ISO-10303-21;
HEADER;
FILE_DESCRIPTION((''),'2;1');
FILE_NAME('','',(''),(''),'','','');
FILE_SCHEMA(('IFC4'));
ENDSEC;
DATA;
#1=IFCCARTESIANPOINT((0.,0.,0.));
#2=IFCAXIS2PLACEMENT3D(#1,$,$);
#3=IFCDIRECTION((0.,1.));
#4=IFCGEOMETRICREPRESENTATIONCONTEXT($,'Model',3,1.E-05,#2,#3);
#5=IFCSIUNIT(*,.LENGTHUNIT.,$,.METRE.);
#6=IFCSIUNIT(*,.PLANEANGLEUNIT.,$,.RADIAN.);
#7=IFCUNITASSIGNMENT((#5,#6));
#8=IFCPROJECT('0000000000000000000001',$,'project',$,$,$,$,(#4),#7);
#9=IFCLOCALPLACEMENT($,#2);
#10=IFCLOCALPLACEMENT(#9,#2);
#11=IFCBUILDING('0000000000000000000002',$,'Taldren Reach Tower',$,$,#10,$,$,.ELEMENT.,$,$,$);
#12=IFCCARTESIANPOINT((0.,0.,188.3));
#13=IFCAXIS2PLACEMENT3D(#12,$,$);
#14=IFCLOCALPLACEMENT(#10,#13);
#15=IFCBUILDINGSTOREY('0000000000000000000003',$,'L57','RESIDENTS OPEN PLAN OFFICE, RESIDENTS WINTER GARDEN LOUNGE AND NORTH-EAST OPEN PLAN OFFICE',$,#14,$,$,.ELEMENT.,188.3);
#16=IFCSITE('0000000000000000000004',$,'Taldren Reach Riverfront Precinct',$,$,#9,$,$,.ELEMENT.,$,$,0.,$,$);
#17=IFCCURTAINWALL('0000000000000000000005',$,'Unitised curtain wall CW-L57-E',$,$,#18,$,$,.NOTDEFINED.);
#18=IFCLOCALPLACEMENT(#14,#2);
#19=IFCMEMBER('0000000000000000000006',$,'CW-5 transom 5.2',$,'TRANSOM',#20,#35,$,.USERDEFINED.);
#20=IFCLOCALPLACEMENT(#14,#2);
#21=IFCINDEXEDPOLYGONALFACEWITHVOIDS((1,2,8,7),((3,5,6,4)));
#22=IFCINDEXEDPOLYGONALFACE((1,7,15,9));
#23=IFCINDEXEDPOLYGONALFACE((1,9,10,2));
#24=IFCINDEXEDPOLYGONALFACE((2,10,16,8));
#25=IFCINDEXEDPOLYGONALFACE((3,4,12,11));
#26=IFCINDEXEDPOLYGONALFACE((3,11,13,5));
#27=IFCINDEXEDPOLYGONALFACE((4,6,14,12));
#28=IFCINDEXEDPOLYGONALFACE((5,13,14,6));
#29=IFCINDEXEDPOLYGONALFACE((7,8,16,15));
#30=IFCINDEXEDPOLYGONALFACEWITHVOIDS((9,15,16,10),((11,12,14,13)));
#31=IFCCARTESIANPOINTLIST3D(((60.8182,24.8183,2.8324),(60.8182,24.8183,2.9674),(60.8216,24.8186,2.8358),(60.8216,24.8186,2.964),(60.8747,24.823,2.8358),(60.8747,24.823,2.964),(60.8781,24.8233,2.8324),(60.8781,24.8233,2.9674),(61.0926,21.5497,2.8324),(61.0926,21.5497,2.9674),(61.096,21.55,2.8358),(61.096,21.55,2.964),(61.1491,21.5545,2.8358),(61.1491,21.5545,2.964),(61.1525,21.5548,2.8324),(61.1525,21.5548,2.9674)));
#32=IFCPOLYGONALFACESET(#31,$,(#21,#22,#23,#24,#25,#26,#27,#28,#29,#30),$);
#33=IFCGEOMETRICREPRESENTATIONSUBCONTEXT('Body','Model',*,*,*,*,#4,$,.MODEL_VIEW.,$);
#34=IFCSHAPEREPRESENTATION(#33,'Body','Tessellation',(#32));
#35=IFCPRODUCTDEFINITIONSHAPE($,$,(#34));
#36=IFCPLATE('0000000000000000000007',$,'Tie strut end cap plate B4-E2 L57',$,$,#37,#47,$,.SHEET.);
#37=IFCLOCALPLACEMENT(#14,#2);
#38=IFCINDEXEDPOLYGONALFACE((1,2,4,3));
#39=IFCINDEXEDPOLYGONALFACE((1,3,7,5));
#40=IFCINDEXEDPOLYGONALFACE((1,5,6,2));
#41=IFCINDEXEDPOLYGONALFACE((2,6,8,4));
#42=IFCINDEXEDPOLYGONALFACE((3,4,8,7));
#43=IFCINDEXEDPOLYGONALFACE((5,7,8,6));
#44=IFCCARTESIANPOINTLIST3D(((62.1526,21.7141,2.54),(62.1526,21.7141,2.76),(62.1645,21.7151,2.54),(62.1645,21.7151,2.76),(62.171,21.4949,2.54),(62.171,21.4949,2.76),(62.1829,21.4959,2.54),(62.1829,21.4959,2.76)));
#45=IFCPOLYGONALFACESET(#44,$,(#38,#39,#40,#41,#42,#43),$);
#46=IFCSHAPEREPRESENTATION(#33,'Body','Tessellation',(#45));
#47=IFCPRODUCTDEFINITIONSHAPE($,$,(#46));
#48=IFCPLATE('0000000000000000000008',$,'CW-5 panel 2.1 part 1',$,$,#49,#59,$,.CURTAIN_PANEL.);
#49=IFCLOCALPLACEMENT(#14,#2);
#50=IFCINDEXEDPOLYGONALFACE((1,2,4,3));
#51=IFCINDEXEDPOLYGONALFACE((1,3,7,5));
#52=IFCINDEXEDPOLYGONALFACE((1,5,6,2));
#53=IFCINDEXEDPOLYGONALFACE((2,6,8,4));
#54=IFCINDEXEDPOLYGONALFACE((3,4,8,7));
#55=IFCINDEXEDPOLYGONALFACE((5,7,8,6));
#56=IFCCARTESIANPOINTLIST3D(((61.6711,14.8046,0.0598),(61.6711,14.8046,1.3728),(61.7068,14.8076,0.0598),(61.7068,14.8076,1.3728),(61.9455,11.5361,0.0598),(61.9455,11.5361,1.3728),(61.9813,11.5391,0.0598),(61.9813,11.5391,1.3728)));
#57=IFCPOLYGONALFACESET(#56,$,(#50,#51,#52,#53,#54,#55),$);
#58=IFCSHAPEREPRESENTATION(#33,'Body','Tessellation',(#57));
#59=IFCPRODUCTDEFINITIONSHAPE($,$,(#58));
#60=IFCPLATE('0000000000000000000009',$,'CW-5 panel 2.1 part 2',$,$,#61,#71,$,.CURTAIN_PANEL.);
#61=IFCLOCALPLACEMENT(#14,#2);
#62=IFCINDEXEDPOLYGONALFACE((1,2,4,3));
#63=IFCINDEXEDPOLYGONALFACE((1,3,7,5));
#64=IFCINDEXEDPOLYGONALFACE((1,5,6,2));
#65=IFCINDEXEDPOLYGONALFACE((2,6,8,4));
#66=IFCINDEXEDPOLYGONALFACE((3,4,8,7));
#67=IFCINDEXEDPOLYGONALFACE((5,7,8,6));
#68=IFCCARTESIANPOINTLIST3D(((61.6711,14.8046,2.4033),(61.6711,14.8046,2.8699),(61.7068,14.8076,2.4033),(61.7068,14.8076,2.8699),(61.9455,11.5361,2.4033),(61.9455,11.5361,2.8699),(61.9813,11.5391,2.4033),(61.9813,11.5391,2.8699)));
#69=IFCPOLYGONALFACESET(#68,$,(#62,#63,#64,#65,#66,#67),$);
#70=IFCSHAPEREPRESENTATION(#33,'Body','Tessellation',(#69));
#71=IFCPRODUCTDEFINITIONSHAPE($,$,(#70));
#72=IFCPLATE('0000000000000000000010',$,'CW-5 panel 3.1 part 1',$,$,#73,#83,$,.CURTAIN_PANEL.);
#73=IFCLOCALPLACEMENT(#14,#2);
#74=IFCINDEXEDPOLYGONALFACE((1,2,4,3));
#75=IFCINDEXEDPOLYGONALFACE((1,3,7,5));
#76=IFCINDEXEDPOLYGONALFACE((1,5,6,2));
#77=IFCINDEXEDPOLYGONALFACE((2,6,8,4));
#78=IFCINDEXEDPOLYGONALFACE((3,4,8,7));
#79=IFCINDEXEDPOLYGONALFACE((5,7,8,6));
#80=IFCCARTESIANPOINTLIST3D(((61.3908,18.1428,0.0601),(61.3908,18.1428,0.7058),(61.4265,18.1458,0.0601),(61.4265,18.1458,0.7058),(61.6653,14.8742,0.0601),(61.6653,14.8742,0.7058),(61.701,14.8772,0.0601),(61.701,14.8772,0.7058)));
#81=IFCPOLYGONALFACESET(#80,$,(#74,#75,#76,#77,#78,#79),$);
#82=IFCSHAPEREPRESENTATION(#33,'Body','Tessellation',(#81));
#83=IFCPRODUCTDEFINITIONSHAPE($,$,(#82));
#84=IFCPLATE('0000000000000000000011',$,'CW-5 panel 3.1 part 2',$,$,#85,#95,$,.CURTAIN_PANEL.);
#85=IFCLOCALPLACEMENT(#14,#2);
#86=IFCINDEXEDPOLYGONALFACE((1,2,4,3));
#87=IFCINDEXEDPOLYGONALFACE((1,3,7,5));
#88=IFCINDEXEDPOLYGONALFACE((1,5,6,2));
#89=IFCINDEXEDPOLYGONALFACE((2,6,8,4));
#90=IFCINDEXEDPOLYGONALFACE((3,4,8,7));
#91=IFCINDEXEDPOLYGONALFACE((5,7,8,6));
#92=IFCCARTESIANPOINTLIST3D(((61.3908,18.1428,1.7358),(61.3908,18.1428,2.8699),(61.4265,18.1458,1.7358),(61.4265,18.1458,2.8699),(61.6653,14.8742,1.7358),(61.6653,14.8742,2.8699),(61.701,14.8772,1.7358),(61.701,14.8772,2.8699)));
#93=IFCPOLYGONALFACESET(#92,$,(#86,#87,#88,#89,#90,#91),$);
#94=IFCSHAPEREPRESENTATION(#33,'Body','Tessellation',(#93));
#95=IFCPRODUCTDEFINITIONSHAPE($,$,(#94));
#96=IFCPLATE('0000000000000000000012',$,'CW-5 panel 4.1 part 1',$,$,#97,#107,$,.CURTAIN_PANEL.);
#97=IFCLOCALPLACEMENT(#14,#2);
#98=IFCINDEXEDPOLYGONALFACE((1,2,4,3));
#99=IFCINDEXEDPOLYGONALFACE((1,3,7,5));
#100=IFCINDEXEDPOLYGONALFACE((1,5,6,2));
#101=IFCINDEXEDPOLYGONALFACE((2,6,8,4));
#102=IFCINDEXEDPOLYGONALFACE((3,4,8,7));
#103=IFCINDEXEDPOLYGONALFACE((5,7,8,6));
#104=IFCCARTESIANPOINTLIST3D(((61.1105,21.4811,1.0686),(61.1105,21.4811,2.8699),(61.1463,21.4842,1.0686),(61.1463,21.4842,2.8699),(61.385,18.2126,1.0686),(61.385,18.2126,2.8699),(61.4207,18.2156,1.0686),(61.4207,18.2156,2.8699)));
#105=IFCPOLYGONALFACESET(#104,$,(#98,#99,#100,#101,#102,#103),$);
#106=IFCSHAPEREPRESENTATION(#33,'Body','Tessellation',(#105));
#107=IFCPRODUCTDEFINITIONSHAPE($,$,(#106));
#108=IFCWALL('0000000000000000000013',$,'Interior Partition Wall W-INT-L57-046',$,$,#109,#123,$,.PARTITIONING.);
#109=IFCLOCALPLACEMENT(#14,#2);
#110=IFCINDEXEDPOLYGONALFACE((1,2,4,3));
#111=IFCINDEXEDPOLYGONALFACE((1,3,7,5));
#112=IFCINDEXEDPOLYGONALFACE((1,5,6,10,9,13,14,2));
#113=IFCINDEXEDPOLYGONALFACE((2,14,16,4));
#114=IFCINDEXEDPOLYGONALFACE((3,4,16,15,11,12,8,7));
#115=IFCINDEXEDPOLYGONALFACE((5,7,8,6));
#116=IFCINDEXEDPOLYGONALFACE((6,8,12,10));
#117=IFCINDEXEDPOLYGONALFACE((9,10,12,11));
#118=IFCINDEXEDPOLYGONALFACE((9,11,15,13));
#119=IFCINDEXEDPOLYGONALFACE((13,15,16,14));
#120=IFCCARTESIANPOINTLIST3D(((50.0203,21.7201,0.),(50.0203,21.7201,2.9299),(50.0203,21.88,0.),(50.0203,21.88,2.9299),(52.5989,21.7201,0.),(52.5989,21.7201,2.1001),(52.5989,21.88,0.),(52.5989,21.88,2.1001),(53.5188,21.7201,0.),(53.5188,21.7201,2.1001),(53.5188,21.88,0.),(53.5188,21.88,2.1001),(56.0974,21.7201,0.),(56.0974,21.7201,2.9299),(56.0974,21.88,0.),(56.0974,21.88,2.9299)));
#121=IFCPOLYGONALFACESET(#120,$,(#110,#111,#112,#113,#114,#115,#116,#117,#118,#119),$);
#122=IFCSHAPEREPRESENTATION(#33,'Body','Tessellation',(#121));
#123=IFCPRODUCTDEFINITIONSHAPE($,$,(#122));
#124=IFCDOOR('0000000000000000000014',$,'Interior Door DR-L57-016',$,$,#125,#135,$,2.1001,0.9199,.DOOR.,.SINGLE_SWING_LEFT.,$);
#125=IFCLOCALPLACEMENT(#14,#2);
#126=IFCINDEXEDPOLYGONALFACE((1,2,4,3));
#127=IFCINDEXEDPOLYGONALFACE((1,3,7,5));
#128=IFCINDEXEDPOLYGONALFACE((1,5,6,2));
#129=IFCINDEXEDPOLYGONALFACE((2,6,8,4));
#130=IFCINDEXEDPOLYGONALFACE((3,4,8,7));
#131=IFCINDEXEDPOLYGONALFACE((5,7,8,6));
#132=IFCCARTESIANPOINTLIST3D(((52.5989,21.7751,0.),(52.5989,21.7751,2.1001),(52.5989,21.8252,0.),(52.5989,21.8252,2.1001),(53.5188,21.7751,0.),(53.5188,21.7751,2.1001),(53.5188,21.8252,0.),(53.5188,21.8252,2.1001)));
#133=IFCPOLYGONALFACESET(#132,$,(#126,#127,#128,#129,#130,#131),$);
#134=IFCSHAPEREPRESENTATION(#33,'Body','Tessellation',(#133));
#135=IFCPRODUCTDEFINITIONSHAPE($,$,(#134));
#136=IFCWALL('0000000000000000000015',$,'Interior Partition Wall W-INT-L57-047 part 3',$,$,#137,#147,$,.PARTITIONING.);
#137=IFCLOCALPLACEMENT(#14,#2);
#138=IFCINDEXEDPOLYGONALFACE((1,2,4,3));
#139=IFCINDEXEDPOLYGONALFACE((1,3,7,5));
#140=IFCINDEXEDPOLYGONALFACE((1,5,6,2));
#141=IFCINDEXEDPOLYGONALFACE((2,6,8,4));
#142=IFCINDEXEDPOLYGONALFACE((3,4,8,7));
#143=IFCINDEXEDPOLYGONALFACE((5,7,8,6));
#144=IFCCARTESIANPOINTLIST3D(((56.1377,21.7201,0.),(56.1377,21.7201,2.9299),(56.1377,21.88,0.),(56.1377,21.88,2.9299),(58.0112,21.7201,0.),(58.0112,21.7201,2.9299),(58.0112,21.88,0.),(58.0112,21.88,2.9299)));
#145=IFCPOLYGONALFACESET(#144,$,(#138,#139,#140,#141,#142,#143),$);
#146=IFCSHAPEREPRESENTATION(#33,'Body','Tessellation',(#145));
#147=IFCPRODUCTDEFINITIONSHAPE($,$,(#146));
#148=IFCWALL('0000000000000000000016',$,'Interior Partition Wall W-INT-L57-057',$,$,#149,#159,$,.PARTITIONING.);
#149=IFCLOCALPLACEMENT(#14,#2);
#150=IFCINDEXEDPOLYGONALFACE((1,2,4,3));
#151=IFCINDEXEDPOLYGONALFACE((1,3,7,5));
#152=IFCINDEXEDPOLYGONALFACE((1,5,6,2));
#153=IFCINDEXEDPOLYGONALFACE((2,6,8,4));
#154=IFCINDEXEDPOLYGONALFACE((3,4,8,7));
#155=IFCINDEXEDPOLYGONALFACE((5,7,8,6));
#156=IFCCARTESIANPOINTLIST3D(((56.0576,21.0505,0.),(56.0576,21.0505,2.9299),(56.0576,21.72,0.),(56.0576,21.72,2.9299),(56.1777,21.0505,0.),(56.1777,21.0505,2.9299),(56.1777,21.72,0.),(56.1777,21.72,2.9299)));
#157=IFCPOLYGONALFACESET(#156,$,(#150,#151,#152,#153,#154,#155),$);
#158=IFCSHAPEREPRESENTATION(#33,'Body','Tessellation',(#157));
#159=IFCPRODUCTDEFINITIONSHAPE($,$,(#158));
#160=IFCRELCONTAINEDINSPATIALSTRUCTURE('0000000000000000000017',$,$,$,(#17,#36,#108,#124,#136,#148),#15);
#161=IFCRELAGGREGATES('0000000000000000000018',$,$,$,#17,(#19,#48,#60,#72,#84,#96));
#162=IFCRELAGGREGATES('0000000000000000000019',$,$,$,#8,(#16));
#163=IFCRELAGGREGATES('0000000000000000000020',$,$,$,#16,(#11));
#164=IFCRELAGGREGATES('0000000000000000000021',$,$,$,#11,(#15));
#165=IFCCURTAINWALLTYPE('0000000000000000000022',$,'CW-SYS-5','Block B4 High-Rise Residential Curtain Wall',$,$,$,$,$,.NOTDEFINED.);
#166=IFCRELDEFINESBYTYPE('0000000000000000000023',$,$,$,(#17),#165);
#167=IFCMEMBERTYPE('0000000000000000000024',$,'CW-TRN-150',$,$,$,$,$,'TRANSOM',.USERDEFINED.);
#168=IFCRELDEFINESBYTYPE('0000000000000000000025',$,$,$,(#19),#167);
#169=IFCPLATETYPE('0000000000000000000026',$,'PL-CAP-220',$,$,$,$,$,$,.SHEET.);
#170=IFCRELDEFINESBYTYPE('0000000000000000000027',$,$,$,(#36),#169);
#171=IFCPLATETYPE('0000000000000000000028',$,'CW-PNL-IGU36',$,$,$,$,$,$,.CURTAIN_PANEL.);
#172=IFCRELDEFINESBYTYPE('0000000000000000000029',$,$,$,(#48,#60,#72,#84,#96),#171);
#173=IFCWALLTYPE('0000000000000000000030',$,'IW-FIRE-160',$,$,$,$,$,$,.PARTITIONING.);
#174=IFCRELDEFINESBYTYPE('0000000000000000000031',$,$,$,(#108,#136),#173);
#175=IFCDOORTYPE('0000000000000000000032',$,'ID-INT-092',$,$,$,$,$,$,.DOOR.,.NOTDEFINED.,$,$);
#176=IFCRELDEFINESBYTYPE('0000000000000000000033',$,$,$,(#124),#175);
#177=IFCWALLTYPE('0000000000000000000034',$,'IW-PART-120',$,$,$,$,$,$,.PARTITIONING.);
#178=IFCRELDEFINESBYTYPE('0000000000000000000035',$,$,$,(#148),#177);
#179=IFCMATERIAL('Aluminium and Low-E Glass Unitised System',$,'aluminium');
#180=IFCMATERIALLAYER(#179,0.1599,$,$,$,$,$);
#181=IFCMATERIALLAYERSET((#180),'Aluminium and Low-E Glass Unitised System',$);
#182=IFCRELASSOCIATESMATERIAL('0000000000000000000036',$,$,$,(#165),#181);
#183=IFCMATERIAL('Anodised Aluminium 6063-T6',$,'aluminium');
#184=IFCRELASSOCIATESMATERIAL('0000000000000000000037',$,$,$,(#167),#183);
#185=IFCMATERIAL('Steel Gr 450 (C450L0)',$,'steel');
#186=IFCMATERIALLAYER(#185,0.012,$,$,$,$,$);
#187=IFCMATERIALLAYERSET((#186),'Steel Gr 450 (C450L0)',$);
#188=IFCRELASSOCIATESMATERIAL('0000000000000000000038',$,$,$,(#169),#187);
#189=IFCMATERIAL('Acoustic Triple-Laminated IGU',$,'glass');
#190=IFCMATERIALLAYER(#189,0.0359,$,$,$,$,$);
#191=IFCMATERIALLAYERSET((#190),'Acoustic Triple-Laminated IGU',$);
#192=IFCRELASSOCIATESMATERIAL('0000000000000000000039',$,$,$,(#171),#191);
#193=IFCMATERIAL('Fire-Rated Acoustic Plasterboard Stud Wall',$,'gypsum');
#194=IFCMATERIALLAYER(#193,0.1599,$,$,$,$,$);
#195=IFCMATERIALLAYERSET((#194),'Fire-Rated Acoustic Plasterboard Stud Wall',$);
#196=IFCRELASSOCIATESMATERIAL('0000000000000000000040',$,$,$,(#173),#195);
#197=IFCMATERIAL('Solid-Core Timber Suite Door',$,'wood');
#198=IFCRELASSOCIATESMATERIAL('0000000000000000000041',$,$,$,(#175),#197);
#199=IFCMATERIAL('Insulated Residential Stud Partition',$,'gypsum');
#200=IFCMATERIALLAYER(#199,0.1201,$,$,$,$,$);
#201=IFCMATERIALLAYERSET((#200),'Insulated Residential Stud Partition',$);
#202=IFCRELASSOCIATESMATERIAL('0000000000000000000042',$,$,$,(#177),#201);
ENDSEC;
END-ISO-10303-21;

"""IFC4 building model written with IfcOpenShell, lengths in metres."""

from ifc_helpers import new_model, si_unit, direction, frame, frame_2d, origin, origin_2d, place, context, subcontext, project, spatial, rectangle, hollow_rectangle, extrude, source, transform, mapped, material, layer, layer_set, material_profile, profile_set, type_object, element, fill, aggregate, save


model = new_model("IFC4")

# Units and contexts
model_context = context("Model", 3, precision=1e-05, world=origin(), true_north=direction((0.0, 1.0)))
body_context = subcontext(model_context, "Body", "Model", "MODEL_VIEW")
ifc_project = project(units=[si_unit("LENGTHUNIT", "METRE"), si_unit("PLANEANGLEUNIT", "RADIAN")], contexts=[model_context])

# Site, building, storey
site_placement = place(None, origin())
site = spatial("IfcSite", under=ifc_project, at=site_placement, Name="Taldren Reach Riverfront Precinct", CompositionType="ELEMENT", RefElevation=0.0)
building_placement = place(site_placement, origin())
building = spatial("IfcBuilding", under=site, at=building_placement, Name="Taldren Reach Tower", CompositionType="ELEMENT")
storey_placement = place(building_placement, frame((0.0, 0.0, 188.3)))
storey = spatial("IfcBuildingStorey", under=building, at=storey_placement, Name="L57", Description="RESIDENTS OPEN PLAN OFFICE, RESIDENTS WINTER GARDEN LOUNGE AND NORTH-EAST OPEN PLAN OFFICE", CompositionType="ELEMENT", Elevation=188.3)

# Shared definitions
ifc_material_1 = material(Name="Steel Gr 450 (C450L0)", Category="steel")

# Curtain wall, member
ifc_material_2 = material(Name="Aluminium and Low-E Glass Unitised System", Category="aluminium")
ifc_layer_1 = layer(ifc_material_2, 0.1599)
ifc_layer_set_1 = layer_set([ifc_layer_1], Name="Aluminium and Low-E Glass Unitised System")
curtain_wall_type = type_object("IfcCurtainWallType", Name="CW-SYS-5", Description="Block B4 High-Rise Residential Curtain Wall", PredefinedType="NOTDEFINED", material=ifc_layer_set_1)
curtain_wall_placement = place(storey_placement, origin())
curtain_wall = element("IfcCurtainWall", 1, at=curtain_wall_placement, inside=storey, type_object=curtain_wall_type, Name="Unitised curtain wall CW-L57-E", PredefinedType="NOTDEFINED")
ifc_material_3 = material(Name="Anodised Aluminium 6063-T6", Category="aluminium")
ifc_material_profile_1 = material_profile(ifc_material_3, hollow_rectangle(XDim=0.0601, YDim=0.135, WallThickness=0.0034, at=origin_2d()), Name="ALU-135x60x3.5RHS")
ifc_profile_set_1 = profile_set([ifc_material_profile_1], Name="Anodised Aluminium 6063-T6")
member_type_1 = type_object("IfcMemberType", Name="CW-TRN-150", ElementType="TRANSOM", PredefinedType="USERDEFINED", material=ifc_profile_set_1)
shared_shape_1 = source(origin(), body_context, "Body", "SweptSolid", [
    extrude(hollow_rectangle(XDim=0.0601, YDim=0.135, WallThickness=0.0034, at=origin_2d()), origin(), (0.0, 0.0, 1.0), 3.28),
])
member_1_placement = place(storey_placement, frame((61.1226, 21.5522, 2.8999), z_axis=(-0.083661, 0.996494, 0.0), x_axis=(-0.996494, -0.083661, 0.0)))
member_1 = element("IfcMember", 2, at=member_1_placement, type_object=member_type_1, Name="CW-5 transom 5.2", ObjectType="TRANSOM", PredefinedType="USERDEFINED", context=body_context, shape_type="MappedRepresentation", body=[
    mapped(shared_shape_1, transform((0.0, 0.0, 0.0), scale=1.0)),
])

# Plates
ifc_layer_2 = layer(ifc_material_1, 0.012)
ifc_layer_set_2 = layer_set([ifc_layer_2], Name="Steel Gr 450 (C450L0)")
plate_type_1 = type_object("IfcPlateType", Name="PL-CAP-220", PredefinedType="SHEET", material=ifc_layer_set_2)
shared_shape_2 = source(origin(), body_context, "Body", "SweptSolid", [
    extrude(rectangle(XDim=0.012, YDim=0.22, at=origin_2d()), origin(), (0.0, 0.0, 1.0), 0.22),
])
plate_1_placement = place(storey_placement, frame((62.1677, 21.605, 2.54), z_axis=(0.0, 0.0, 1.0), x_axis=(0.996493, 0.083678, 0.0)))
element("IfcPlate", 3, at=plate_1_placement, inside=storey, type_object=plate_type_1, Name="Tie strut end cap plate B4-E2 L57", PredefinedType="SHEET", context=body_context, shape_type="MappedRepresentation", body=[
    mapped(shared_shape_2, transform((0.0, 0.0, 0.0), scale=1.0)),
])
ifc_material_4 = material(Name="Acoustic Triple-Laminated IGU", Category="glass")
ifc_layer_3 = layer(ifc_material_4, 0.0359)
ifc_layer_set_3 = layer_set([ifc_layer_3], Name="Acoustic Triple-Laminated IGU")
plate_type_2 = type_object("IfcPlateType", Name="CW-PNL-IGU36", PredefinedType="CURTAIN_PANEL", material=ifc_layer_set_3)
shared_shape_3 = source(origin(), body_context, "Body", "SweptSolid", [
    extrude(rectangle(XDim=3.28, YDim=0.0359, at=origin_2d()), origin(), (0.0, 0.0, 1.0), 1.313),
])
plate_2_placement = place(storey_placement, frame((61.8262, 13.1719, 0.0598), z_axis=(0.0, 0.0, 1.0), x_axis=(-0.083678, 0.996493, 0.0)))
plate_2 = element("IfcPlate", 4, at=plate_2_placement, type_object=plate_type_2, Name="CW-5 panel 2.1 part 1", PredefinedType="CURTAIN_PANEL", context=body_context, shape_type="MappedRepresentation", body=[
    mapped(shared_shape_3, transform((0.0, 0.0, 0.0), scale=1.0)),
])
shared_shape_4 = source(origin(), body_context, "Body", "SweptSolid", [
    extrude(rectangle(XDim=3.28, YDim=0.0359, at=origin_2d()), origin(), (0.0, 0.0, 1.0), 0.4666),
])
plate_3_placement = place(storey_placement, frame((61.8262, 13.1719, 2.4033), z_axis=(0.0, 0.0, 1.0), x_axis=(-0.083678, 0.996493, 0.0)))
plate_3 = element("IfcPlate", 5, at=plate_3_placement, type_object=plate_type_2, Name="CW-5 panel 2.1 part 2", PredefinedType="CURTAIN_PANEL", context=body_context, shape_type="MappedRepresentation", body=[
    mapped(shared_shape_4, transform((0.0, 0.0, 0.0), scale=1.0)),
])
shared_shape_5 = source(origin(), body_context, "Body", "SweptSolid", [
    extrude(rectangle(XDim=3.28, YDim=0.0359, at=origin_2d()), origin(), (0.0, 0.0, 1.0), 0.6458),
])
plate_4_placement = place(storey_placement, frame((61.5459, 16.51, 0.0601), z_axis=(0.0, 0.0, 1.0), x_axis=(-0.083678, 0.996493, 0.0)))
plate_4 = element("IfcPlate", 6, at=plate_4_placement, type_object=plate_type_2, Name="CW-5 panel 3.1 part 1", PredefinedType="CURTAIN_PANEL", context=body_context, shape_type="MappedRepresentation", body=[
    mapped(shared_shape_5, transform((0.0, 0.0, 0.0), scale=1.0)),
])
shared_shape_6 = source(origin(), body_context, "Body", "SweptSolid", [
    extrude(rectangle(XDim=3.28, YDim=0.0359, at=origin_2d()), origin(), (0.0, 0.0, 1.0), 1.134),
])
plate_5_placement = place(storey_placement, frame((61.5459, 16.51, 1.7358), z_axis=(0.0, 0.0, 1.0), x_axis=(-0.083678, 0.996493, 0.0)))
plate_5 = element("IfcPlate", 7, at=plate_5_placement, type_object=plate_type_2, Name="CW-5 panel 3.1 part 2", PredefinedType="CURTAIN_PANEL", context=body_context, shape_type="MappedRepresentation", body=[
    mapped(shared_shape_6, transform((0.0, 0.0, 0.0), scale=1.0)),
])
shared_shape_7 = source(origin(), body_context, "Body", "SweptSolid", [
    extrude(rectangle(XDim=3.28, YDim=0.0359, at=origin_2d()), origin(), (0.0, 0.0, 1.0), 1.8013),
])
plate_6_placement = place(storey_placement, frame((61.2656, 19.8484, 1.0686), z_axis=(0.0, 0.0, 1.0), x_axis=(-0.083678, 0.996493, 0.0)))
plate_6 = element("IfcPlate", 8, at=plate_6_placement, type_object=plate_type_2, Name="CW-5 panel 4.1 part 1", PredefinedType="CURTAIN_PANEL", context=body_context, shape_type="MappedRepresentation", body=[
    mapped(shared_shape_7, transform((0.0, 0.0, 0.0), scale=1.0)),
])
aggregate(curtain_wall, [member_1, plate_2, plate_3, plate_4, plate_5, plate_6])

# Wall, opening, door
ifc_material_5 = material(Name="Fire-Rated Acoustic Plasterboard Stud Wall", Category="gypsum")
ifc_layer_4 = layer(ifc_material_5, 0.1599)
ifc_layer_set_4 = layer_set([ifc_layer_4], Name="Fire-Rated Acoustic Plasterboard Stud Wall")
wall_type_1 = type_object("IfcWallType", Name="IW-FIRE-160", PredefinedType="PARTITIONING", material=ifc_layer_set_4)
shared_shape_8 = source(origin(), body_context, "Body", "SweptSolid", [
    extrude(rectangle(XDim=6.0771, YDim=0.1599, at=frame_2d((3.0386, 0.0))), origin(), (0.0, 0.0, 1.0), 2.9299),
])
wall_1_placement = place(storey_placement, frame((56.0974, 21.8, 0.0), z_axis=(0.0, 0.0, 1.0), x_axis=(-1.0, 0.0, 0.0)))
wall_1 = element("IfcWall", 9, at=wall_1_placement, inside=storey, type_object=wall_type_1, Name="Interior Partition Wall W-INT-L57-046", PredefinedType="PARTITIONING", context=body_context, shape_type="MappedRepresentation", body=[
    mapped(shared_shape_8, transform((0.0, 0.0, 0.0), scale=1.0)),
])
shared_shape_9 = source(origin(), body_context, "Body", "SweptSolid", [
    extrude(rectangle(XDim=0.9199, YDim=2.1001, at=frame_2d((0.46, 1.05))), frame((0.0, 0.0898, 0.0), z_axis=(0.0, -1.0, 0.0), x_axis=(1.0, 0.0, 0.0)), (0.0, 0.0, 1.0), 0.1799),
])
opening_placement = place(wall_1_placement, frame((2.5786, 0.0, 0.0)))
opening = element("IfcOpeningElement", 10, at=opening_placement, cuts=wall_1, PredefinedType="OPENING", context=body_context, shape_type="MappedRepresentation", body=[
    mapped(shared_shape_9, transform((0.0, 0.0, 0.0), scale=1.0)),
])
ifc_material_6 = material(Name="Solid-Core Timber Suite Door", Category="wood")
door_type = type_object("IfcDoorType", Name="ID-INT-092", OperationType="NOTDEFINED", PredefinedType="DOOR", material=ifc_material_6)
shared_shape_10 = source(origin(), body_context, "Body", "SweptSolid", [
    extrude(rectangle(XDim=0.9199, YDim=2.1001, at=frame_2d((0.46, 1.05))), frame((0.0, 0.0249, 0.0), z_axis=(0.0, -1.0, 0.0), x_axis=(1.0, 0.0, 0.0)), (0.0, 0.0, 1.0), 0.05),
])
door_placement = place(opening_placement, origin())
door = element("IfcDoor", 11, at=door_placement, inside=storey, type_object=door_type, Name="Interior Door DR-L57-016", OperationType="SINGLE_SWING_LEFT", OverallHeight=2.1001, OverallWidth=0.9199, PredefinedType="DOOR", context=body_context, shape_type="MappedRepresentation", body=[
    mapped(shared_shape_10, transform((0.0, 0.0, 0.0), scale=1.0)),
])
fill(opening, door)

# Walls
shared_shape_11 = source(origin(), body_context, "Body", "SweptSolid", [
    extrude(rectangle(XDim=1.8735, YDim=0.1599, at=frame_2d((0.9368, 0.0))), origin(), (0.0, 0.0, 1.0), 2.9299),
])
wall_2_placement = place(storey_placement, frame((58.0112, 21.8, 0.0), z_axis=(0.0, 0.0, 1.0), x_axis=(-1.0, 0.0, 0.0)))
element("IfcWall", 12, at=wall_2_placement, inside=storey, type_object=wall_type_1, Name="Interior Partition Wall W-INT-L57-047 part 3", PredefinedType="PARTITIONING", context=body_context, shape_type="MappedRepresentation", body=[
    mapped(shared_shape_11, transform((0.0, 0.0, 0.0), scale=1.0)),
])
ifc_material_7 = material(Name="Insulated Residential Stud Partition", Category="gypsum")
ifc_layer_5 = layer(ifc_material_7, 0.1201)
ifc_layer_set_5 = layer_set([ifc_layer_5], Name="Insulated Residential Stud Partition")
wall_type_2 = type_object("IfcWallType", Name="IW-PART-120", PredefinedType="PARTITIONING", material=ifc_layer_set_5)
shared_shape_12 = source(origin(), body_context, "Body", "SweptSolid", [
    extrude(rectangle(XDim=0.6694, YDim=0.1201, at=frame_2d((0.3347, 0.0))), origin(), (0.0, 0.0, 1.0), 2.9299),
])
wall_3_placement = place(storey_placement, frame((56.1177, 21.72, 0.0), z_axis=(0.0, 0.0, 1.0), x_axis=(0.0, -1.0, 0.0)))
element("IfcWall", 13, at=wall_3_placement, inside=storey, type_object=wall_type_2, Name="Interior Partition Wall W-INT-L57-057", PredefinedType="PARTITIONING", context=body_context, shape_type="MappedRepresentation", body=[
    mapped(shared_shape_12, transform((0.0, 0.0, 0.0), scale=1.0)),
])

save(model, "model.ifc")
